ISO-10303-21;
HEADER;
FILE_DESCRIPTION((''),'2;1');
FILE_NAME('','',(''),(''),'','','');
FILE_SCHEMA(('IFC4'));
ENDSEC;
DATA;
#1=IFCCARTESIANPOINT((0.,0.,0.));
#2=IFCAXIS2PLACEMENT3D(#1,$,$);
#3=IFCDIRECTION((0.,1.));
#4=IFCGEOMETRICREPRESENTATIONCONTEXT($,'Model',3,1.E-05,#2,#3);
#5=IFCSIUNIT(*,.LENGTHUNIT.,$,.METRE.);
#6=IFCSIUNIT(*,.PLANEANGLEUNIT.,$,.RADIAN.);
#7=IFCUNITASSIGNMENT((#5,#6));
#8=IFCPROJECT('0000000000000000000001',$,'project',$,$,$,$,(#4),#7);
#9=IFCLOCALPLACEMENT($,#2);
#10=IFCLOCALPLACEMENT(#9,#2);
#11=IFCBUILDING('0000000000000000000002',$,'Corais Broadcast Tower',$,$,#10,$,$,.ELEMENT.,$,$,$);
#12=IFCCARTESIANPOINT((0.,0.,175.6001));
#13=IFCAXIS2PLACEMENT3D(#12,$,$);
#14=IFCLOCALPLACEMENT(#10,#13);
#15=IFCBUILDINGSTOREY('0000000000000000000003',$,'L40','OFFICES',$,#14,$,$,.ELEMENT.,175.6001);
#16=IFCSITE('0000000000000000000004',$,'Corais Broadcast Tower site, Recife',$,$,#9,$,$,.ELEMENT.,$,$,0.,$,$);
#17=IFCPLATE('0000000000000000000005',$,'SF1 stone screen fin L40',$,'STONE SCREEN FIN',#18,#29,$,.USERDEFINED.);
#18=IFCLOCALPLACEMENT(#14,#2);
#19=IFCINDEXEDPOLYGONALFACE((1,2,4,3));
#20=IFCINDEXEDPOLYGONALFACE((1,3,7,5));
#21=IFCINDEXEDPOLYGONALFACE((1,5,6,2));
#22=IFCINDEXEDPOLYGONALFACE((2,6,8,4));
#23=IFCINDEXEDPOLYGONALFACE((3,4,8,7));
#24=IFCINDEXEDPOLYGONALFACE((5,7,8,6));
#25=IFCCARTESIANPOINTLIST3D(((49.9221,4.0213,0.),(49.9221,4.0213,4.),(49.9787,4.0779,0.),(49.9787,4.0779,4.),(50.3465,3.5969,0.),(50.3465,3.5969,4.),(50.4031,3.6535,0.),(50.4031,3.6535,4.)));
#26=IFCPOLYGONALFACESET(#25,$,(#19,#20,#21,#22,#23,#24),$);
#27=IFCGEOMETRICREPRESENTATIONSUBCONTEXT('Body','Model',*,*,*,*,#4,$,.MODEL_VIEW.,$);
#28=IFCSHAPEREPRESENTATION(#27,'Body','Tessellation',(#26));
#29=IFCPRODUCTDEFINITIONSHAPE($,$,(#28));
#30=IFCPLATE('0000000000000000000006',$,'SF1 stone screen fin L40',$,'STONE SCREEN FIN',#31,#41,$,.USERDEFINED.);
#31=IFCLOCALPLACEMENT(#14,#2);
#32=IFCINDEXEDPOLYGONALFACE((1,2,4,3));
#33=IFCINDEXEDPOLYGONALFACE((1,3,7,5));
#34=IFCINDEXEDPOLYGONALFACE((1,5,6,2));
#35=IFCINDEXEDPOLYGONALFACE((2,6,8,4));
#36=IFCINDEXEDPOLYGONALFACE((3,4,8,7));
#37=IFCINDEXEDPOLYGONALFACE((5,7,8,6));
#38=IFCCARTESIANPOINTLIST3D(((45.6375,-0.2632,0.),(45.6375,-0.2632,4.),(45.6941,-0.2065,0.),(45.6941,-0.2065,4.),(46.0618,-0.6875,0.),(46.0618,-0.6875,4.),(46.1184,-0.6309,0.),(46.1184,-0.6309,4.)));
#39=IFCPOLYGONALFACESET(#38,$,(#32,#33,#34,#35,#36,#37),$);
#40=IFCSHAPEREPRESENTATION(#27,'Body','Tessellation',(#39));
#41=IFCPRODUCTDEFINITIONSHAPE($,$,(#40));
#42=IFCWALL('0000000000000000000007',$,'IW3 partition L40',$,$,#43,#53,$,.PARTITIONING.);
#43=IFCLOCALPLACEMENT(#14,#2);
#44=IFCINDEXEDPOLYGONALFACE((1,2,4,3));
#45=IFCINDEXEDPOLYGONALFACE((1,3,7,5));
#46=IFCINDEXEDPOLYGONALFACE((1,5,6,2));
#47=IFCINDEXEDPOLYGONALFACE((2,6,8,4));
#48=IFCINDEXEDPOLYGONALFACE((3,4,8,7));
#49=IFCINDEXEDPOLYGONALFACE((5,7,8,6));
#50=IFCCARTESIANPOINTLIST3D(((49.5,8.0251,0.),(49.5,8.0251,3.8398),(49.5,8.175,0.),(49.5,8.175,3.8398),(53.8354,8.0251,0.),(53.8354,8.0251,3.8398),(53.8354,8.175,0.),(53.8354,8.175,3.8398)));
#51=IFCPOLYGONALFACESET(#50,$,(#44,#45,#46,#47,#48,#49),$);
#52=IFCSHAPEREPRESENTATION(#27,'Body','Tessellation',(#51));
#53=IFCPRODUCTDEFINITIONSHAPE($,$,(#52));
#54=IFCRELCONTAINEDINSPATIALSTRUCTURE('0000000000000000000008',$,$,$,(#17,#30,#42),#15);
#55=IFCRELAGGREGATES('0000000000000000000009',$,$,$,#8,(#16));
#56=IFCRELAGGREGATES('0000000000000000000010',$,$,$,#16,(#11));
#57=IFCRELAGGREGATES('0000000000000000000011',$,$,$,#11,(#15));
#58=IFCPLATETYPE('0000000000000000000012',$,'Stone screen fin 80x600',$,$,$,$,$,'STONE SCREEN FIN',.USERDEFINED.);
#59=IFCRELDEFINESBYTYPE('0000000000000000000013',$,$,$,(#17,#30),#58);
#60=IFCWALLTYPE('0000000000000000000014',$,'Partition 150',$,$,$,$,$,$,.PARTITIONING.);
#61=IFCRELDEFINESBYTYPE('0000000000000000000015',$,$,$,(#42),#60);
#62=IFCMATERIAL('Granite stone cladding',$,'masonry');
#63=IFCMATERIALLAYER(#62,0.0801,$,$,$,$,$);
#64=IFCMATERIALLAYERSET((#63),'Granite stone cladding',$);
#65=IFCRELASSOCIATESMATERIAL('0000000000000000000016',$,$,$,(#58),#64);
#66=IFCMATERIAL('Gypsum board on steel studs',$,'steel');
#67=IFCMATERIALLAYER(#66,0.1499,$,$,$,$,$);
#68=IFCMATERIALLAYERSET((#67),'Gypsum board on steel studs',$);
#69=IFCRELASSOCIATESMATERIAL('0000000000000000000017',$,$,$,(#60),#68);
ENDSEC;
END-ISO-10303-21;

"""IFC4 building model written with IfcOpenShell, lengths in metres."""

from ifc_helpers import new_model, si_unit, direction, frame, frame_2d, origin, origin_2d, place, context, subcontext, project, spatial, rectangle, extrude, material, layer, layer_set, type_object, element, save


model = new_model("IFC4")

# Units and contexts
model_context = context("Model", 3, precision=1e-05, world=origin(), true_north=direction((0.0, 1.0)))
body_context = subcontext(model_context, "Body", "Model", "MODEL_VIEW")
ifc_project = project(units=[si_unit("LENGTHUNIT", "METRE"), si_unit("PLANEANGLEUNIT", "RADIAN")], contexts=[model_context])

# Site, building, storey
site_placement = place(None, origin())
site = spatial("IfcSite", under=ifc_project, at=site_placement, Name="Corais Broadcast Tower site, Recife", CompositionType="ELEMENT", RefElevation=0.0)
building_placement = place(site_placement, origin())
building = spatial("IfcBuilding", under=site, at=building_placement, Name="Corais Broadcast Tower", CompositionType="ELEMENT")
storey_placement = place(building_placement, frame((0.0, 0.0, 175.6001)))
storey = spatial("IfcBuildingStorey", under=building, at=storey_placement, Name="L40", Description="OFFICES", CompositionType="ELEMENT", Elevation=175.6001)

# Plates
ifc_material_1 = material(Name="Granite stone cladding", Category="masonry")
ifc_layer_1 = layer(ifc_material_1, 0.0801)
ifc_layer_set_1 = layer_set([ifc_layer_1], Name="Granite stone cladding")
plate_type_1 = type_object("IfcPlateType", Name="Stone screen fin 80x600", ElementType="STONE SCREEN FIN", PredefinedType="USERDEFINED", material=ifc_layer_set_1)
for number, where, z_axis, x_axis, name in (
    (1, (50.1626, 3.8374, 0.0), (0.0, 0.0, 1.0), (-0.707107, -0.707107, 0.0), "SF1 stone screen fin L40"),
    (2, (45.8779, -0.447, 0.0), (0.0, 0.0, 1.0), (-0.707107, -0.707107, 0.0), "SF1 stone screen fin L40"),
):
    element("IfcPlate", number, at=place(storey_placement, frame(where, z_axis=z_axis, x_axis=x_axis)), inside=storey, type_object=plate_type_1, Name=name, ObjectType="STONE SCREEN FIN", PredefinedType="USERDEFINED", context=body_context, shape_type="SweptSolid", body=[
        extrude(rectangle(XDim=0.0801, YDim=0.6001, at=origin_2d()), origin(), (0.0, 0.0, 1.0), 4.0),
    ])

# Wall
ifc_material_2 = material(Name="Gypsum board on steel studs", Category="steel")
ifc_layer_2 = layer(ifc_material_2, 0.1499)
ifc_layer_set_2 = layer_set([ifc_layer_2], Name="Gypsum board on steel studs")
wall_type = type_object("IfcWallType", Name="Partition 150", PredefinedType="PARTITIONING", material=ifc_layer_set_2)
wall_placement = place(storey_placement, frame((49.5, 8.1001, 0.0), z_axis=(0.0, 0.0, 1.0), x_axis=(1.0, 0.0, 0.0)))
element("IfcWall", 3, at=wall_placement, inside=storey, type_object=wall_type, Name="IW3 partition L40", PredefinedType="PARTITIONING", context=body_context, shape_type="SweptSolid", body=[
    extrude(rectangle(XDim=4.3354, YDim=0.1499, at=frame_2d((2.1677, 0.0))), origin(), (0.0, 0.0, 1.0), 3.8398),
])

save(model, "model.ifc")
